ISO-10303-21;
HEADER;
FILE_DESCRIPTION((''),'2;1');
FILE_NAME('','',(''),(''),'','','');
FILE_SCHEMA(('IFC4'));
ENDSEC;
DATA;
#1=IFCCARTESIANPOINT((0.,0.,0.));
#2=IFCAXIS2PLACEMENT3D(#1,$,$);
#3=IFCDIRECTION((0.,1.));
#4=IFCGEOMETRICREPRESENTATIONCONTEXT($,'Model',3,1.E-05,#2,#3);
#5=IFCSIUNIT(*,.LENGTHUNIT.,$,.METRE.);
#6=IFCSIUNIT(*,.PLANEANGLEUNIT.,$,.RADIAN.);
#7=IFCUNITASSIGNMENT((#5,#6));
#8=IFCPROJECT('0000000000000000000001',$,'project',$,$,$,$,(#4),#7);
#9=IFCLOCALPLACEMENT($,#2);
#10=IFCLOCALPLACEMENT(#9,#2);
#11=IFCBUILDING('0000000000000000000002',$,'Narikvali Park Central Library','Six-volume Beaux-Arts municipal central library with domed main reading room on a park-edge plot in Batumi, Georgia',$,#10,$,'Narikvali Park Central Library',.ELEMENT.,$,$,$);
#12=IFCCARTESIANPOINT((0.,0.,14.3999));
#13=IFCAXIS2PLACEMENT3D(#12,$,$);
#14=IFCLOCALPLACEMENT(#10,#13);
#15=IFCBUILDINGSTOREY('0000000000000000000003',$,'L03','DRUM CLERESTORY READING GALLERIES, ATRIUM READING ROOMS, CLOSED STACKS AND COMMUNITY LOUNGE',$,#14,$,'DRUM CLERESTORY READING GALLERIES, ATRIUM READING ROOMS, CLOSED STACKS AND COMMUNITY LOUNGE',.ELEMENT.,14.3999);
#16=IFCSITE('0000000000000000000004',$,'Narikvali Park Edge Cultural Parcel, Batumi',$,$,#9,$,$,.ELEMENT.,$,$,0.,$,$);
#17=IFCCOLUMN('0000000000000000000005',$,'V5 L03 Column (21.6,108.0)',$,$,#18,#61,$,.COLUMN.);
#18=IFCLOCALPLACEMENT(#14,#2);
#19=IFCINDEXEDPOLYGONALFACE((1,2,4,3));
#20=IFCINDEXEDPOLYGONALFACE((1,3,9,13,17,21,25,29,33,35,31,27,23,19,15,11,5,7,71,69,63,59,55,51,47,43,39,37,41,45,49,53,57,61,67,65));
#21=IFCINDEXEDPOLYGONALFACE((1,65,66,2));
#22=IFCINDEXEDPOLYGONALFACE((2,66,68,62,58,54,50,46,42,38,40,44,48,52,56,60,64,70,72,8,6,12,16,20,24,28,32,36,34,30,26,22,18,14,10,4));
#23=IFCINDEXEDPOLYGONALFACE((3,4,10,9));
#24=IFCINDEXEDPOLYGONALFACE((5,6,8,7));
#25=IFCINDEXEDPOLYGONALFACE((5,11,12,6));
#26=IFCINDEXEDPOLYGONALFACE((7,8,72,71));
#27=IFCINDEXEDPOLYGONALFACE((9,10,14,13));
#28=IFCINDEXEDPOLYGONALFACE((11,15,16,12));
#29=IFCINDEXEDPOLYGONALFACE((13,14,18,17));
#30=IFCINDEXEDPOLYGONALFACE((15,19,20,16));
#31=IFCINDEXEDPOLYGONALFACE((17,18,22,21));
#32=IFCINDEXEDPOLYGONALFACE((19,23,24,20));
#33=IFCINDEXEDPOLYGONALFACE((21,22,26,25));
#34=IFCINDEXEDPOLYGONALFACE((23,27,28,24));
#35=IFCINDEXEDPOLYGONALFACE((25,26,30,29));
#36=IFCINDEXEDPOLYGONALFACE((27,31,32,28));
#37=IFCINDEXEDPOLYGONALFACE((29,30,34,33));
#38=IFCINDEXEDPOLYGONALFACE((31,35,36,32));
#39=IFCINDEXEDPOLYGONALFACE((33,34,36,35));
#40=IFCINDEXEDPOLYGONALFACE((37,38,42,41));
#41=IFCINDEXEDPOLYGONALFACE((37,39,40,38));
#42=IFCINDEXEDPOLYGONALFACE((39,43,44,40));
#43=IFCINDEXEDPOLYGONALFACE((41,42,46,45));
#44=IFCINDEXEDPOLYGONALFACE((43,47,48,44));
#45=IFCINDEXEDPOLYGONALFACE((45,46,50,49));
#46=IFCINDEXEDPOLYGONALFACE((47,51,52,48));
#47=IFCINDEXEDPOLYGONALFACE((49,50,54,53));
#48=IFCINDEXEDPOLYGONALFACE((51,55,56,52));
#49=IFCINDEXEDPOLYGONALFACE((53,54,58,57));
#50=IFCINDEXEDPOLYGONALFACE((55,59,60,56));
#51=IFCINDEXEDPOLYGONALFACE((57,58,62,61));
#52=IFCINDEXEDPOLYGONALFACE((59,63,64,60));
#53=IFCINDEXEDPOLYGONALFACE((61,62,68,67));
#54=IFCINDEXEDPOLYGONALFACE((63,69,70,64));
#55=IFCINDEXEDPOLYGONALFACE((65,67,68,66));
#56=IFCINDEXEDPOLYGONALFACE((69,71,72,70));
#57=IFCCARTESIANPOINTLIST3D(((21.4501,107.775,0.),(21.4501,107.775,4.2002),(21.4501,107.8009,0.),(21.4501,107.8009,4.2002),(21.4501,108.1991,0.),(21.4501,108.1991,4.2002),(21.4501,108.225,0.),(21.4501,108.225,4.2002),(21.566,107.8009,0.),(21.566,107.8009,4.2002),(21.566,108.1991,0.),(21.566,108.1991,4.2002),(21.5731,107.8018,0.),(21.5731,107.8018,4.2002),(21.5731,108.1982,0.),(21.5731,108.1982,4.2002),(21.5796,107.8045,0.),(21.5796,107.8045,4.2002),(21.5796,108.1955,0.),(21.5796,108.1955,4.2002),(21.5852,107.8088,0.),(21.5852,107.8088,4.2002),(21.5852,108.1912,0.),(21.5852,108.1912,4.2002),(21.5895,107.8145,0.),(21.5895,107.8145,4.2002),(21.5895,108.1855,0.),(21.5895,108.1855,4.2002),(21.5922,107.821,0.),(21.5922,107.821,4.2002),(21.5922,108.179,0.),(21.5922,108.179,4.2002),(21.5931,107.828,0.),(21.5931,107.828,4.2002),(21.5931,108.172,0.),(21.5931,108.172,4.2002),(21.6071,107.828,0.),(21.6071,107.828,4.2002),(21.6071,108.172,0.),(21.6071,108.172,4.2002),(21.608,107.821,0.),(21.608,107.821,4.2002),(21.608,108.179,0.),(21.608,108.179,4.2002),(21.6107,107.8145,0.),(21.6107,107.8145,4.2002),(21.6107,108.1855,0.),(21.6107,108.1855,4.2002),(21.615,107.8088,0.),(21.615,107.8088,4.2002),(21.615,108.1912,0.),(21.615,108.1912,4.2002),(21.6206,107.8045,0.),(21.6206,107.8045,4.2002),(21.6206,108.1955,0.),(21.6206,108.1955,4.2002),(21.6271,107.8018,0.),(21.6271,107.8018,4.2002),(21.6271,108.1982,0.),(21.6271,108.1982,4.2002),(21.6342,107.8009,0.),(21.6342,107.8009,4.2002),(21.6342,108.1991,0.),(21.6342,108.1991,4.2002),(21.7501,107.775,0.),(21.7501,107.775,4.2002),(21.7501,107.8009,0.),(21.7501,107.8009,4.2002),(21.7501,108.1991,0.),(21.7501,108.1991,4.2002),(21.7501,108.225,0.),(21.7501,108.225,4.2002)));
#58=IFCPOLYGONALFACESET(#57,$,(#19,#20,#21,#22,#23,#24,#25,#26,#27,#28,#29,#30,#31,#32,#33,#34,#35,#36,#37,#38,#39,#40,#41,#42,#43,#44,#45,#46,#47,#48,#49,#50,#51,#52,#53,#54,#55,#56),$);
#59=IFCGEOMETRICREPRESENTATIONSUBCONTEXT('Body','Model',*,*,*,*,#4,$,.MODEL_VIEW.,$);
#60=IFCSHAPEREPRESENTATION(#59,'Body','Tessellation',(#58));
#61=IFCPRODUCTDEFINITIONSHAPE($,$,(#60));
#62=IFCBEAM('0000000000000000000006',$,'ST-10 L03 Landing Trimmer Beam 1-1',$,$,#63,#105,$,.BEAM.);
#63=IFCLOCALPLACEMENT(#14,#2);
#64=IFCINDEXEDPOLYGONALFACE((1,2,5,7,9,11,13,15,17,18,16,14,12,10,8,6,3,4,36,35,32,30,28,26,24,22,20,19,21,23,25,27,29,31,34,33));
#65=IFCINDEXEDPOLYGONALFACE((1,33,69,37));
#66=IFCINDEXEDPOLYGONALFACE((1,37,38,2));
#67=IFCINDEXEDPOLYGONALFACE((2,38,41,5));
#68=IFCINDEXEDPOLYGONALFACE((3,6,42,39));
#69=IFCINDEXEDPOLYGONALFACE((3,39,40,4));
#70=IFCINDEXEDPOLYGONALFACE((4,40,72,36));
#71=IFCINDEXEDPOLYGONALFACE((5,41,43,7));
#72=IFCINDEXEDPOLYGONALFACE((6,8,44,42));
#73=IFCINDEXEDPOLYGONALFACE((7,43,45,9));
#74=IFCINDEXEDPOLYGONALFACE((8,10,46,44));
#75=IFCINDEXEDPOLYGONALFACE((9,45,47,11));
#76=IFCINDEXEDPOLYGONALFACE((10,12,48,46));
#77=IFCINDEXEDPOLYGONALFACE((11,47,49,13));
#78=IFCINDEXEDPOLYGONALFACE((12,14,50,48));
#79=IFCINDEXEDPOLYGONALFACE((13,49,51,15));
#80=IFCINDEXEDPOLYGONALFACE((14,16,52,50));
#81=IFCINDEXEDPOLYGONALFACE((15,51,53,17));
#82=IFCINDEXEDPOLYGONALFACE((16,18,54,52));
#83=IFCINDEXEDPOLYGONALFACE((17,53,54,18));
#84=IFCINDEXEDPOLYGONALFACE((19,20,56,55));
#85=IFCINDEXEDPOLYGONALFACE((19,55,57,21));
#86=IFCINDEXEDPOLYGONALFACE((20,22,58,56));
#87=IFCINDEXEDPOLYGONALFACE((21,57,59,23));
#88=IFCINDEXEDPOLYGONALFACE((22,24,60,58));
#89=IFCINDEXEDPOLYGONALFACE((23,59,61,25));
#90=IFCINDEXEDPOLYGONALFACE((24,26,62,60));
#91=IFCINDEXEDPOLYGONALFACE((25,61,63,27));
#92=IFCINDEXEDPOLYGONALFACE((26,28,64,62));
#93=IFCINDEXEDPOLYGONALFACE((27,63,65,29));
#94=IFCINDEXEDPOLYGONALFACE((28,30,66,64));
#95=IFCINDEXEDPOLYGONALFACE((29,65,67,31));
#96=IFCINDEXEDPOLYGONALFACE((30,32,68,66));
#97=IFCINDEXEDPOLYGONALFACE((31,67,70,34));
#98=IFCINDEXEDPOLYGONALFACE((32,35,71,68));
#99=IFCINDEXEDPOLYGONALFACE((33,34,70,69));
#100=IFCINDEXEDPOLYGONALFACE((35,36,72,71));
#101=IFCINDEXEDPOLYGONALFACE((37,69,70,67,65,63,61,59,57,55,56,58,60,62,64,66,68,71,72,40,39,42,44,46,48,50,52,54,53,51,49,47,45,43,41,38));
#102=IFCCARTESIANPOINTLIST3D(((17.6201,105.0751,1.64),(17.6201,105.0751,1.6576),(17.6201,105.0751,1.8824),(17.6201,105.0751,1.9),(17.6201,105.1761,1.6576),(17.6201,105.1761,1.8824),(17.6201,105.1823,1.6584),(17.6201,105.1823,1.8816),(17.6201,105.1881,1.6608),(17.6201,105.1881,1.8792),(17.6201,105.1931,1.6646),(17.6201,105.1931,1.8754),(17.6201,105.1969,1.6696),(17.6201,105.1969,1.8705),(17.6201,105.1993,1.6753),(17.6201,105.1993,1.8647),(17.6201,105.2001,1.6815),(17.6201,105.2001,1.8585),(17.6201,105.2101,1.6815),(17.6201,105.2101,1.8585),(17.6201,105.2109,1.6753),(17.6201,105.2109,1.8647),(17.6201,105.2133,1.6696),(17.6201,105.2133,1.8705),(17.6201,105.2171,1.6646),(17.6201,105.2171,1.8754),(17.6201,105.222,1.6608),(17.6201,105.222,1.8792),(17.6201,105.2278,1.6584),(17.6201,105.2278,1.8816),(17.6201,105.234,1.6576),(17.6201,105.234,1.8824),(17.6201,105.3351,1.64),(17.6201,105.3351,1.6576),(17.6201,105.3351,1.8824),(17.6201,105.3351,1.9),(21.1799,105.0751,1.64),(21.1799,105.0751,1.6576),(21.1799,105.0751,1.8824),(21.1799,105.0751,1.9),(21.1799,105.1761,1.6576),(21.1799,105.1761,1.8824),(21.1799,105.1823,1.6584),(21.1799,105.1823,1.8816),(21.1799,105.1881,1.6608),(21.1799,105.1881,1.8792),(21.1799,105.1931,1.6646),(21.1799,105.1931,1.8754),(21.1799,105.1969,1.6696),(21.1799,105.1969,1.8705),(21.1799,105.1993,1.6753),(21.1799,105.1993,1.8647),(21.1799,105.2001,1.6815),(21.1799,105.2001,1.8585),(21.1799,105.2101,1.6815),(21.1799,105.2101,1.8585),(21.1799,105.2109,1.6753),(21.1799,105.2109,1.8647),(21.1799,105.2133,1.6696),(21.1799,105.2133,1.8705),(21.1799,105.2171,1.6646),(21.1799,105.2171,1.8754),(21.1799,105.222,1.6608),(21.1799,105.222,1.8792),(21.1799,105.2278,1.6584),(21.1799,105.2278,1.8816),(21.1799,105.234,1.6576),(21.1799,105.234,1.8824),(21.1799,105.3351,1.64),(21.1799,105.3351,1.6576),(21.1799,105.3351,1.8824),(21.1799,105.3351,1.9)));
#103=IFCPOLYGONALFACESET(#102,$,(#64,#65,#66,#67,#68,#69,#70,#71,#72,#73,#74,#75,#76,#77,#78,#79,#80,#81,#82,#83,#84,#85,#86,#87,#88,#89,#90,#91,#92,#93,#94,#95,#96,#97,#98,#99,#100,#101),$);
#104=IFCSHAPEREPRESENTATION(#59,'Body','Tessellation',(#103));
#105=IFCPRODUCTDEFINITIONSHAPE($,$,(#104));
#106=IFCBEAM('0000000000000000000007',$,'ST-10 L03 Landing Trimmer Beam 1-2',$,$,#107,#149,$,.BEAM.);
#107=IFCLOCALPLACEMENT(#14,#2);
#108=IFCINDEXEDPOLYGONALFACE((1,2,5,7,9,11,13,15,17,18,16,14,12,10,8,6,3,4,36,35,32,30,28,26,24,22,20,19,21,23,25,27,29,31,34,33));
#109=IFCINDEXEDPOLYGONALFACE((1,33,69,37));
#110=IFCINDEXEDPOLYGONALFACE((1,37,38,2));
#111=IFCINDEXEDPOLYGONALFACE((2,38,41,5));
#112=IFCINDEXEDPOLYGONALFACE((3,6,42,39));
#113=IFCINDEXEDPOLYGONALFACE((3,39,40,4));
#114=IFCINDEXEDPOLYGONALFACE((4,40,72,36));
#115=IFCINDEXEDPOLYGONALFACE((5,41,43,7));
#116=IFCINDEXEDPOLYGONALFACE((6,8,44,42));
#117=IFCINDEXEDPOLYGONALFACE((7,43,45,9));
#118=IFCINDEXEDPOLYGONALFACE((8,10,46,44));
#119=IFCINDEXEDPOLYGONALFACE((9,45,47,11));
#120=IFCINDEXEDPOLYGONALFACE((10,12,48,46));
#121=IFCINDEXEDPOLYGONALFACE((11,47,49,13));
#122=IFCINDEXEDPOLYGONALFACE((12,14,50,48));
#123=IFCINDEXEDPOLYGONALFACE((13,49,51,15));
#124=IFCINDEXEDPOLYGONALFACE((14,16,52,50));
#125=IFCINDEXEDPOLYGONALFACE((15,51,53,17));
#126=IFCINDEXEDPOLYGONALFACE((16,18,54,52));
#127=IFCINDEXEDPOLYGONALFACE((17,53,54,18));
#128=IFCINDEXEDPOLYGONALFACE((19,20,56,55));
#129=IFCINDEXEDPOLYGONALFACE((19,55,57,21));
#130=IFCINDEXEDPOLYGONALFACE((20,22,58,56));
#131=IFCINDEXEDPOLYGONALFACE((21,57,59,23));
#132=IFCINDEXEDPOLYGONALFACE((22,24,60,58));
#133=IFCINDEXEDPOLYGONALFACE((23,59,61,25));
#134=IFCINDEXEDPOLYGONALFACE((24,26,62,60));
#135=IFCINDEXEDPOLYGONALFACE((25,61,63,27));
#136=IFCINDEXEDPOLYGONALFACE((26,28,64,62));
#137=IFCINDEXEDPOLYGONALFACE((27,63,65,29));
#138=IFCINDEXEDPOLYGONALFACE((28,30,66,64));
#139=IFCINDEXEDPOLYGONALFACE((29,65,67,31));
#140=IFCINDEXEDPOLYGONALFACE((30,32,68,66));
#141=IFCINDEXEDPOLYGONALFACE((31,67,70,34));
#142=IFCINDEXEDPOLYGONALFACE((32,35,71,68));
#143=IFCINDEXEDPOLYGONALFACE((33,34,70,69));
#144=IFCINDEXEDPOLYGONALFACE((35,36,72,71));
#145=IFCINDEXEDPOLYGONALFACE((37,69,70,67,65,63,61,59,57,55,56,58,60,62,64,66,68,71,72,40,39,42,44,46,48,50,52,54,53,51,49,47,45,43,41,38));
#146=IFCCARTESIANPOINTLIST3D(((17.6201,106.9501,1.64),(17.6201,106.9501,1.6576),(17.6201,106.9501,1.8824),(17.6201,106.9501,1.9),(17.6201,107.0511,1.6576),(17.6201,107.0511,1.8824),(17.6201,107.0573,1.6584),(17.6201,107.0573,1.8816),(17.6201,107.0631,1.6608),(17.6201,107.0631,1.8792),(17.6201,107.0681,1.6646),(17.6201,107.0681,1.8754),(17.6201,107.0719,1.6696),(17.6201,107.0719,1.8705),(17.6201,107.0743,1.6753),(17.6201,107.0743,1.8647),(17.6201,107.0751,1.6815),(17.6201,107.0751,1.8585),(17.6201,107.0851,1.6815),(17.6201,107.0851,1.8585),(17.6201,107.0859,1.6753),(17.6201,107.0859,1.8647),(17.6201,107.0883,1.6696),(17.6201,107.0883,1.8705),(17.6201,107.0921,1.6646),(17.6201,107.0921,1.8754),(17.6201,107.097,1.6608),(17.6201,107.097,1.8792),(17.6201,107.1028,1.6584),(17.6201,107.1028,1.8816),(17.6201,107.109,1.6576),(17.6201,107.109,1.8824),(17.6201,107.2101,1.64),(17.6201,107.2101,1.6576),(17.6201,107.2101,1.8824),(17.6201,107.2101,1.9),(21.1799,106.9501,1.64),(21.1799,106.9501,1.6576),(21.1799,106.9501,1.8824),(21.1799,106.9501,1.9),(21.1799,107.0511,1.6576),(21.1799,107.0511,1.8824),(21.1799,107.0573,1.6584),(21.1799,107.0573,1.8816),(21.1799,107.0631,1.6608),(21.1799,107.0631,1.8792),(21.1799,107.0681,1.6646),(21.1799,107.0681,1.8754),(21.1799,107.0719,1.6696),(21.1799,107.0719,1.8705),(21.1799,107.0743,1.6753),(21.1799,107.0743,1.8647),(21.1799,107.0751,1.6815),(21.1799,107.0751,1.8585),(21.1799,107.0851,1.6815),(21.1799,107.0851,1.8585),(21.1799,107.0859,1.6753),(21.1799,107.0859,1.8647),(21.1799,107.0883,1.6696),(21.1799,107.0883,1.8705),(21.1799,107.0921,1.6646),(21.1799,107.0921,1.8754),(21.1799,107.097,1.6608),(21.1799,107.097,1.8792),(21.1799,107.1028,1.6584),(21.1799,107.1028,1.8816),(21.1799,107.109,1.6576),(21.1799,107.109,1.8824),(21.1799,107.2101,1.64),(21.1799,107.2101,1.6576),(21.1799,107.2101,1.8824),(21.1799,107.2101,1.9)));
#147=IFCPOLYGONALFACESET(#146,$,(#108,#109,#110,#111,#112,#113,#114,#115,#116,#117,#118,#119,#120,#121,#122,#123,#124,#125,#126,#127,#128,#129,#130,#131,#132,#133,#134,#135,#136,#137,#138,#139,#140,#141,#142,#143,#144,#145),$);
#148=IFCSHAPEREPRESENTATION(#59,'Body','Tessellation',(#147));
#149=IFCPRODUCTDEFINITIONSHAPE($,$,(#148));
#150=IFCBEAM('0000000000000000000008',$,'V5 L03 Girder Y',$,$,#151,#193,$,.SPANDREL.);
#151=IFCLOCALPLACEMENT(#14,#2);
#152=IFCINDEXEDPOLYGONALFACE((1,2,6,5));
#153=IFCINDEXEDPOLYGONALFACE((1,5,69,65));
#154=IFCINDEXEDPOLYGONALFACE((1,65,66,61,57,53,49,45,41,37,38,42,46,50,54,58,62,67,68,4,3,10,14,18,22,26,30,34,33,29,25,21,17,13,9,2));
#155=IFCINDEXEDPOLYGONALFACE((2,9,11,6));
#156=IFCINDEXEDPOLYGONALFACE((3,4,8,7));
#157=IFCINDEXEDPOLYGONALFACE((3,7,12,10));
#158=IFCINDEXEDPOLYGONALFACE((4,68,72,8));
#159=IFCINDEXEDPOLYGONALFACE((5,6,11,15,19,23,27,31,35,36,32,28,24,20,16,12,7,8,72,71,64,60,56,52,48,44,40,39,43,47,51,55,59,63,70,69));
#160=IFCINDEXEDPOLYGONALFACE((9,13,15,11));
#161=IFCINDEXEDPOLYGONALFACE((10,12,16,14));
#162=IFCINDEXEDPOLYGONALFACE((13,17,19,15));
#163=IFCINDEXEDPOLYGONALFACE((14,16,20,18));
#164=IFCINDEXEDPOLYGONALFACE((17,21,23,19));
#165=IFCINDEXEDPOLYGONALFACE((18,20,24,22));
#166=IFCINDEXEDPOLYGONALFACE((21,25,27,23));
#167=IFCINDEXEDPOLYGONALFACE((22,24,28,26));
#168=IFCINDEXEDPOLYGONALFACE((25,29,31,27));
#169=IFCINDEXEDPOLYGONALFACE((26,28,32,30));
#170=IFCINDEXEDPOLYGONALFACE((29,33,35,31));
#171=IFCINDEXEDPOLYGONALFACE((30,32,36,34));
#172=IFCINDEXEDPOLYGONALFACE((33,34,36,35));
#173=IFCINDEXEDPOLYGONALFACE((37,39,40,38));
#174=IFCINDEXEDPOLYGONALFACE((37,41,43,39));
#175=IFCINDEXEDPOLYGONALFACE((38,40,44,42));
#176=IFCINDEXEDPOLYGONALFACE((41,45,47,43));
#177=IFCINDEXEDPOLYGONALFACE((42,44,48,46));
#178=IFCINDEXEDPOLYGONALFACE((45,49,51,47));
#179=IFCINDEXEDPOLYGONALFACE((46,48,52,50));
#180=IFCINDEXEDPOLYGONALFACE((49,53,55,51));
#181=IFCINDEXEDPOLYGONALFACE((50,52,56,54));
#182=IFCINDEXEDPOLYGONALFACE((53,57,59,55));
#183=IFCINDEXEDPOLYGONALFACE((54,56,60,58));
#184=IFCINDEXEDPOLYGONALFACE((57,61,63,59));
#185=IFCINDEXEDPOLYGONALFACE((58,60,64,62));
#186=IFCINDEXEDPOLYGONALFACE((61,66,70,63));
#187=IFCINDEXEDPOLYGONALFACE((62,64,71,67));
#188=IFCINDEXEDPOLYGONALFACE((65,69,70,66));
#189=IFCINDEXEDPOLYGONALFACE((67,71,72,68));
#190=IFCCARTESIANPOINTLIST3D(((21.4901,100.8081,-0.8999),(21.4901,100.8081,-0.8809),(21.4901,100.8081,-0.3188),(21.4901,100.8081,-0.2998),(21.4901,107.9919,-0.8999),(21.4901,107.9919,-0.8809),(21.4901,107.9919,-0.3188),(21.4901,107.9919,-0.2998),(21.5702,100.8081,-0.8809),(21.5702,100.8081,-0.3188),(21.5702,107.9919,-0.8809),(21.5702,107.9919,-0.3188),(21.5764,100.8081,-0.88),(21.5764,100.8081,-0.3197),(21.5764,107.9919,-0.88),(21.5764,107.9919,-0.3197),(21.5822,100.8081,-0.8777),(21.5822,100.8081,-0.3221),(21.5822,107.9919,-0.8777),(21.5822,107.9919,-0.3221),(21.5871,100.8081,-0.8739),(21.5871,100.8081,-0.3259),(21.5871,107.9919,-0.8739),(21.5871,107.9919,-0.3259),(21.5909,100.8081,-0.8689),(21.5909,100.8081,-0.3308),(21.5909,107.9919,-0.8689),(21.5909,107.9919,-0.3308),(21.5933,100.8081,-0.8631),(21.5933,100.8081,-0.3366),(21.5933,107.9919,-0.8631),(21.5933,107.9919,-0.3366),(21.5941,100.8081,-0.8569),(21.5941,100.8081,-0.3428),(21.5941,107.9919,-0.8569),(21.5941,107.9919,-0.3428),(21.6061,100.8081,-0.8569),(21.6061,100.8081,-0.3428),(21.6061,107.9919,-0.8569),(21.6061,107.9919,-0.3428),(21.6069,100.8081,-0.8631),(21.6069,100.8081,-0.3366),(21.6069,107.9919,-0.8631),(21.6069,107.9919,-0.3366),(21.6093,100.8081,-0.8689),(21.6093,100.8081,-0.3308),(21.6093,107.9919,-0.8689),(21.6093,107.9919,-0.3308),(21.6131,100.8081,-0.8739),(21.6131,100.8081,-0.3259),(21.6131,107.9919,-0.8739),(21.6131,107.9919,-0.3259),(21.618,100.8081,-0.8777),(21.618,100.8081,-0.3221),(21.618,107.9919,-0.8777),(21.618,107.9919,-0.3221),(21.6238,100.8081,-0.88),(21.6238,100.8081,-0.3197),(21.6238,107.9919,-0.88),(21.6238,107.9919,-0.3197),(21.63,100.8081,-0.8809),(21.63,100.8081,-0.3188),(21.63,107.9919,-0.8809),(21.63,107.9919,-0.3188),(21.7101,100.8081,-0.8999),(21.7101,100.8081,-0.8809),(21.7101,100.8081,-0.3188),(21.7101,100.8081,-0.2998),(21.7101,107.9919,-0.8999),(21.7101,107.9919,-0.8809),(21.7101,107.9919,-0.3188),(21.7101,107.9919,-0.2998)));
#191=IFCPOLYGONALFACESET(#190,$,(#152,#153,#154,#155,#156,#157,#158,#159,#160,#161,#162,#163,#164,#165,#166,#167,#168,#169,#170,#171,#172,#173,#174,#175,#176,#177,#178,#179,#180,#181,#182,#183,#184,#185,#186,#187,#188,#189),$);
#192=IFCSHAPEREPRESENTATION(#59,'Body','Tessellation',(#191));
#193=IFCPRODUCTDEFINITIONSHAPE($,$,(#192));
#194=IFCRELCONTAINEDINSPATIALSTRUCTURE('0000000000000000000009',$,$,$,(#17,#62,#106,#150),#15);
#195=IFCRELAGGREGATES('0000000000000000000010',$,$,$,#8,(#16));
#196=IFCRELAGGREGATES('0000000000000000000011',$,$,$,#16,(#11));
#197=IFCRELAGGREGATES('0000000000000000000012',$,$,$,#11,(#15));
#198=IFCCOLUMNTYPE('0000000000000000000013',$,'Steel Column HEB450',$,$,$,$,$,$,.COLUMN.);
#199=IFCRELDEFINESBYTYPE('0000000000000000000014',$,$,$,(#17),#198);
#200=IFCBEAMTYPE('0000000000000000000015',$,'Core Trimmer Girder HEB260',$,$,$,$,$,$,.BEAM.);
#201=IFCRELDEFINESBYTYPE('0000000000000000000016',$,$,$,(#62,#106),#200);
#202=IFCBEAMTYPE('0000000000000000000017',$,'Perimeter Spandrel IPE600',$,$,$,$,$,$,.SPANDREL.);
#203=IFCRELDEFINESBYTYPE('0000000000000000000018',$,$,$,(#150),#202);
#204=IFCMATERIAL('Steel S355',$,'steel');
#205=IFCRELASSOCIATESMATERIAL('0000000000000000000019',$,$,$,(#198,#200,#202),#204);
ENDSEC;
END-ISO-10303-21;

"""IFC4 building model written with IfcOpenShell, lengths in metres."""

from ifc_helpers import new_model, si_unit, direction, frame, origin, origin_2d, place, context, subcontext, project, spatial, i_section, extrude, material, material_profile, profile_set, type_object, element, save


model = new_model("IFC4")

# Units and contexts
model_context = context("Model", 3, precision=1e-05, world=origin(), true_north=direction((0.0, 1.0)))
body_context = subcontext(model_context, "Body", "Model", "MODEL_VIEW")
ifc_project = project(units=[si_unit("LENGTHUNIT", "METRE"), si_unit("PLANEANGLEUNIT", "RADIAN")], contexts=[model_context])

# Site, building, storey
site_placement = place(None, origin())
site = spatial("IfcSite", under=ifc_project, at=site_placement, Name="Narikvali Park Edge Cultural Parcel, Batumi", CompositionType="ELEMENT", RefElevation=0.0)
building_placement = place(site_placement, origin())
building = spatial("IfcBuilding", under=site, at=building_placement, Name="Narikvali Park Central Library", Description="Six-volume Beaux-Arts municipal central library with domed main reading room on a park-edge plot in Batumi, Georgia", LongName="Narikvali Park Central Library", CompositionType="ELEMENT")
storey_placement = place(building_placement, frame((0.0, 0.0, 14.3999)))
storey = spatial("IfcBuildingStorey", under=building, at=storey_placement, Name="L03", Description="DRUM CLERESTORY READING GALLERIES, ATRIUM READING ROOMS, CLOSED STACKS AND COMMUNITY LOUNGE", LongName="DRUM CLERESTORY READING GALLERIES, ATRIUM READING ROOMS, CLOSED STACKS AND COMMUNITY LOUNGE", CompositionType="ELEMENT", Elevation=14.3999)

# Column
ifc_material_1 = material(Name="Steel S355", Category="steel")
ifc_material_profile_1 = material_profile(ifc_material_1, i_section(OverallWidth=0.3, OverallDepth=0.45, WebThickness=0.0139, FlangeThickness=0.0259, FilletRadius=0.0271, at=origin_2d()), Name="HEB 450")
ifc_profile_set_1 = profile_set([ifc_material_profile_1], Name="Steel S355")
column_type = type_object("IfcColumnType", Name="Steel Column HEB450", PredefinedType="COLUMN", material=ifc_profile_set_1)
column_placement = place(storey_placement, frame((21.6001, 108.0, 0.0), z_axis=(0.0, 0.0, 1.0), x_axis=(1.0, 0.0, 0.0)))
element("IfcColumn", 1, at=column_placement, inside=storey, type_object=column_type, Name="V5 L03 Column (21.6,108.0)", PredefinedType="COLUMN", context=body_context, shape_type="SweptSolid", body=[
    extrude(i_section(OverallWidth=0.3, OverallDepth=0.45, WebThickness=0.0139, FlangeThickness=0.0259, FilletRadius=0.0271, at=origin_2d()), origin(), (0.0, 0.0, 1.0), 4.2002),
])

# Beams
ifc_material_profile_2 = material_profile(ifc_material_1, i_section(OverallWidth=0.26, OverallDepth=0.26, WebThickness=0.01, FlangeThickness=0.0176, FilletRadius=0.0239, at=origin_2d()), Name="HEB 260")
ifc_profile_set_2 = profile_set([ifc_material_profile_2], Name="Steel S355")
beam_type_1 = type_object("IfcBeamType", Name="Core Trimmer Girder HEB260", PredefinedType="BEAM", material=ifc_profile_set_2)
for number, where, z_axis, x_axis, name in (
    (2, (17.6201, 105.2051, 1.77), (1.0, 0.0, 0.0), (0.0, 1.0, 0.0), "ST-10 L03 Landing Trimmer Beam 1-1"),
    (3, (17.6201, 107.0801, 1.77), (1.0, 0.0, 0.0), (0.0, 1.0, 0.0), "ST-10 L03 Landing Trimmer Beam 1-2"),
):
    element("IfcBeam", number, at=place(storey_placement, frame(where, z_axis=z_axis, x_axis=x_axis)), inside=storey, type_object=beam_type_1, Name=name, PredefinedType="BEAM", context=body_context, shape_type="SweptSolid", body=[
        extrude(i_section(OverallWidth=0.26, OverallDepth=0.26, WebThickness=0.01, FlangeThickness=0.0176, FilletRadius=0.0239, at=origin_2d()), origin(), (0.0, 0.0, 1.0), 3.5598),
    ])
ifc_material_profile_3 = material_profile(ifc_material_1, i_section(OverallWidth=0.22, OverallDepth=0.6001, WebThickness=0.012, FlangeThickness=0.019, FilletRadius=0.0239, at=origin_2d()), Name="IPE 600")
ifc_profile_set_3 = profile_set([ifc_material_profile_3], Name="Steel S355")
beam_type_2 = type_object("IfcBeamType", Name="Perimeter Spandrel IPE600", PredefinedType="SPANDREL", material=ifc_profile_set_3)
beam_placement = place(storey_placement, frame((21.6001, 100.8081, -0.5999), z_axis=(0.0, 1.0, 0.0), x_axis=(-1.0, 0.0, 0.0)))
element("IfcBeam", 4, at=beam_placement, inside=storey, type_object=beam_type_2, Name="V5 L03 Girder Y", PredefinedType="SPANDREL", context=body_context, shape_type="SweptSolid", body=[
    extrude(i_section(OverallWidth=0.22, OverallDepth=0.6001, WebThickness=0.012, FlangeThickness=0.019, FilletRadius=0.0239, at=origin_2d()), origin(), (0.0, 0.0, 1.0), 7.1838),
])

save(model, "model.ifc")
